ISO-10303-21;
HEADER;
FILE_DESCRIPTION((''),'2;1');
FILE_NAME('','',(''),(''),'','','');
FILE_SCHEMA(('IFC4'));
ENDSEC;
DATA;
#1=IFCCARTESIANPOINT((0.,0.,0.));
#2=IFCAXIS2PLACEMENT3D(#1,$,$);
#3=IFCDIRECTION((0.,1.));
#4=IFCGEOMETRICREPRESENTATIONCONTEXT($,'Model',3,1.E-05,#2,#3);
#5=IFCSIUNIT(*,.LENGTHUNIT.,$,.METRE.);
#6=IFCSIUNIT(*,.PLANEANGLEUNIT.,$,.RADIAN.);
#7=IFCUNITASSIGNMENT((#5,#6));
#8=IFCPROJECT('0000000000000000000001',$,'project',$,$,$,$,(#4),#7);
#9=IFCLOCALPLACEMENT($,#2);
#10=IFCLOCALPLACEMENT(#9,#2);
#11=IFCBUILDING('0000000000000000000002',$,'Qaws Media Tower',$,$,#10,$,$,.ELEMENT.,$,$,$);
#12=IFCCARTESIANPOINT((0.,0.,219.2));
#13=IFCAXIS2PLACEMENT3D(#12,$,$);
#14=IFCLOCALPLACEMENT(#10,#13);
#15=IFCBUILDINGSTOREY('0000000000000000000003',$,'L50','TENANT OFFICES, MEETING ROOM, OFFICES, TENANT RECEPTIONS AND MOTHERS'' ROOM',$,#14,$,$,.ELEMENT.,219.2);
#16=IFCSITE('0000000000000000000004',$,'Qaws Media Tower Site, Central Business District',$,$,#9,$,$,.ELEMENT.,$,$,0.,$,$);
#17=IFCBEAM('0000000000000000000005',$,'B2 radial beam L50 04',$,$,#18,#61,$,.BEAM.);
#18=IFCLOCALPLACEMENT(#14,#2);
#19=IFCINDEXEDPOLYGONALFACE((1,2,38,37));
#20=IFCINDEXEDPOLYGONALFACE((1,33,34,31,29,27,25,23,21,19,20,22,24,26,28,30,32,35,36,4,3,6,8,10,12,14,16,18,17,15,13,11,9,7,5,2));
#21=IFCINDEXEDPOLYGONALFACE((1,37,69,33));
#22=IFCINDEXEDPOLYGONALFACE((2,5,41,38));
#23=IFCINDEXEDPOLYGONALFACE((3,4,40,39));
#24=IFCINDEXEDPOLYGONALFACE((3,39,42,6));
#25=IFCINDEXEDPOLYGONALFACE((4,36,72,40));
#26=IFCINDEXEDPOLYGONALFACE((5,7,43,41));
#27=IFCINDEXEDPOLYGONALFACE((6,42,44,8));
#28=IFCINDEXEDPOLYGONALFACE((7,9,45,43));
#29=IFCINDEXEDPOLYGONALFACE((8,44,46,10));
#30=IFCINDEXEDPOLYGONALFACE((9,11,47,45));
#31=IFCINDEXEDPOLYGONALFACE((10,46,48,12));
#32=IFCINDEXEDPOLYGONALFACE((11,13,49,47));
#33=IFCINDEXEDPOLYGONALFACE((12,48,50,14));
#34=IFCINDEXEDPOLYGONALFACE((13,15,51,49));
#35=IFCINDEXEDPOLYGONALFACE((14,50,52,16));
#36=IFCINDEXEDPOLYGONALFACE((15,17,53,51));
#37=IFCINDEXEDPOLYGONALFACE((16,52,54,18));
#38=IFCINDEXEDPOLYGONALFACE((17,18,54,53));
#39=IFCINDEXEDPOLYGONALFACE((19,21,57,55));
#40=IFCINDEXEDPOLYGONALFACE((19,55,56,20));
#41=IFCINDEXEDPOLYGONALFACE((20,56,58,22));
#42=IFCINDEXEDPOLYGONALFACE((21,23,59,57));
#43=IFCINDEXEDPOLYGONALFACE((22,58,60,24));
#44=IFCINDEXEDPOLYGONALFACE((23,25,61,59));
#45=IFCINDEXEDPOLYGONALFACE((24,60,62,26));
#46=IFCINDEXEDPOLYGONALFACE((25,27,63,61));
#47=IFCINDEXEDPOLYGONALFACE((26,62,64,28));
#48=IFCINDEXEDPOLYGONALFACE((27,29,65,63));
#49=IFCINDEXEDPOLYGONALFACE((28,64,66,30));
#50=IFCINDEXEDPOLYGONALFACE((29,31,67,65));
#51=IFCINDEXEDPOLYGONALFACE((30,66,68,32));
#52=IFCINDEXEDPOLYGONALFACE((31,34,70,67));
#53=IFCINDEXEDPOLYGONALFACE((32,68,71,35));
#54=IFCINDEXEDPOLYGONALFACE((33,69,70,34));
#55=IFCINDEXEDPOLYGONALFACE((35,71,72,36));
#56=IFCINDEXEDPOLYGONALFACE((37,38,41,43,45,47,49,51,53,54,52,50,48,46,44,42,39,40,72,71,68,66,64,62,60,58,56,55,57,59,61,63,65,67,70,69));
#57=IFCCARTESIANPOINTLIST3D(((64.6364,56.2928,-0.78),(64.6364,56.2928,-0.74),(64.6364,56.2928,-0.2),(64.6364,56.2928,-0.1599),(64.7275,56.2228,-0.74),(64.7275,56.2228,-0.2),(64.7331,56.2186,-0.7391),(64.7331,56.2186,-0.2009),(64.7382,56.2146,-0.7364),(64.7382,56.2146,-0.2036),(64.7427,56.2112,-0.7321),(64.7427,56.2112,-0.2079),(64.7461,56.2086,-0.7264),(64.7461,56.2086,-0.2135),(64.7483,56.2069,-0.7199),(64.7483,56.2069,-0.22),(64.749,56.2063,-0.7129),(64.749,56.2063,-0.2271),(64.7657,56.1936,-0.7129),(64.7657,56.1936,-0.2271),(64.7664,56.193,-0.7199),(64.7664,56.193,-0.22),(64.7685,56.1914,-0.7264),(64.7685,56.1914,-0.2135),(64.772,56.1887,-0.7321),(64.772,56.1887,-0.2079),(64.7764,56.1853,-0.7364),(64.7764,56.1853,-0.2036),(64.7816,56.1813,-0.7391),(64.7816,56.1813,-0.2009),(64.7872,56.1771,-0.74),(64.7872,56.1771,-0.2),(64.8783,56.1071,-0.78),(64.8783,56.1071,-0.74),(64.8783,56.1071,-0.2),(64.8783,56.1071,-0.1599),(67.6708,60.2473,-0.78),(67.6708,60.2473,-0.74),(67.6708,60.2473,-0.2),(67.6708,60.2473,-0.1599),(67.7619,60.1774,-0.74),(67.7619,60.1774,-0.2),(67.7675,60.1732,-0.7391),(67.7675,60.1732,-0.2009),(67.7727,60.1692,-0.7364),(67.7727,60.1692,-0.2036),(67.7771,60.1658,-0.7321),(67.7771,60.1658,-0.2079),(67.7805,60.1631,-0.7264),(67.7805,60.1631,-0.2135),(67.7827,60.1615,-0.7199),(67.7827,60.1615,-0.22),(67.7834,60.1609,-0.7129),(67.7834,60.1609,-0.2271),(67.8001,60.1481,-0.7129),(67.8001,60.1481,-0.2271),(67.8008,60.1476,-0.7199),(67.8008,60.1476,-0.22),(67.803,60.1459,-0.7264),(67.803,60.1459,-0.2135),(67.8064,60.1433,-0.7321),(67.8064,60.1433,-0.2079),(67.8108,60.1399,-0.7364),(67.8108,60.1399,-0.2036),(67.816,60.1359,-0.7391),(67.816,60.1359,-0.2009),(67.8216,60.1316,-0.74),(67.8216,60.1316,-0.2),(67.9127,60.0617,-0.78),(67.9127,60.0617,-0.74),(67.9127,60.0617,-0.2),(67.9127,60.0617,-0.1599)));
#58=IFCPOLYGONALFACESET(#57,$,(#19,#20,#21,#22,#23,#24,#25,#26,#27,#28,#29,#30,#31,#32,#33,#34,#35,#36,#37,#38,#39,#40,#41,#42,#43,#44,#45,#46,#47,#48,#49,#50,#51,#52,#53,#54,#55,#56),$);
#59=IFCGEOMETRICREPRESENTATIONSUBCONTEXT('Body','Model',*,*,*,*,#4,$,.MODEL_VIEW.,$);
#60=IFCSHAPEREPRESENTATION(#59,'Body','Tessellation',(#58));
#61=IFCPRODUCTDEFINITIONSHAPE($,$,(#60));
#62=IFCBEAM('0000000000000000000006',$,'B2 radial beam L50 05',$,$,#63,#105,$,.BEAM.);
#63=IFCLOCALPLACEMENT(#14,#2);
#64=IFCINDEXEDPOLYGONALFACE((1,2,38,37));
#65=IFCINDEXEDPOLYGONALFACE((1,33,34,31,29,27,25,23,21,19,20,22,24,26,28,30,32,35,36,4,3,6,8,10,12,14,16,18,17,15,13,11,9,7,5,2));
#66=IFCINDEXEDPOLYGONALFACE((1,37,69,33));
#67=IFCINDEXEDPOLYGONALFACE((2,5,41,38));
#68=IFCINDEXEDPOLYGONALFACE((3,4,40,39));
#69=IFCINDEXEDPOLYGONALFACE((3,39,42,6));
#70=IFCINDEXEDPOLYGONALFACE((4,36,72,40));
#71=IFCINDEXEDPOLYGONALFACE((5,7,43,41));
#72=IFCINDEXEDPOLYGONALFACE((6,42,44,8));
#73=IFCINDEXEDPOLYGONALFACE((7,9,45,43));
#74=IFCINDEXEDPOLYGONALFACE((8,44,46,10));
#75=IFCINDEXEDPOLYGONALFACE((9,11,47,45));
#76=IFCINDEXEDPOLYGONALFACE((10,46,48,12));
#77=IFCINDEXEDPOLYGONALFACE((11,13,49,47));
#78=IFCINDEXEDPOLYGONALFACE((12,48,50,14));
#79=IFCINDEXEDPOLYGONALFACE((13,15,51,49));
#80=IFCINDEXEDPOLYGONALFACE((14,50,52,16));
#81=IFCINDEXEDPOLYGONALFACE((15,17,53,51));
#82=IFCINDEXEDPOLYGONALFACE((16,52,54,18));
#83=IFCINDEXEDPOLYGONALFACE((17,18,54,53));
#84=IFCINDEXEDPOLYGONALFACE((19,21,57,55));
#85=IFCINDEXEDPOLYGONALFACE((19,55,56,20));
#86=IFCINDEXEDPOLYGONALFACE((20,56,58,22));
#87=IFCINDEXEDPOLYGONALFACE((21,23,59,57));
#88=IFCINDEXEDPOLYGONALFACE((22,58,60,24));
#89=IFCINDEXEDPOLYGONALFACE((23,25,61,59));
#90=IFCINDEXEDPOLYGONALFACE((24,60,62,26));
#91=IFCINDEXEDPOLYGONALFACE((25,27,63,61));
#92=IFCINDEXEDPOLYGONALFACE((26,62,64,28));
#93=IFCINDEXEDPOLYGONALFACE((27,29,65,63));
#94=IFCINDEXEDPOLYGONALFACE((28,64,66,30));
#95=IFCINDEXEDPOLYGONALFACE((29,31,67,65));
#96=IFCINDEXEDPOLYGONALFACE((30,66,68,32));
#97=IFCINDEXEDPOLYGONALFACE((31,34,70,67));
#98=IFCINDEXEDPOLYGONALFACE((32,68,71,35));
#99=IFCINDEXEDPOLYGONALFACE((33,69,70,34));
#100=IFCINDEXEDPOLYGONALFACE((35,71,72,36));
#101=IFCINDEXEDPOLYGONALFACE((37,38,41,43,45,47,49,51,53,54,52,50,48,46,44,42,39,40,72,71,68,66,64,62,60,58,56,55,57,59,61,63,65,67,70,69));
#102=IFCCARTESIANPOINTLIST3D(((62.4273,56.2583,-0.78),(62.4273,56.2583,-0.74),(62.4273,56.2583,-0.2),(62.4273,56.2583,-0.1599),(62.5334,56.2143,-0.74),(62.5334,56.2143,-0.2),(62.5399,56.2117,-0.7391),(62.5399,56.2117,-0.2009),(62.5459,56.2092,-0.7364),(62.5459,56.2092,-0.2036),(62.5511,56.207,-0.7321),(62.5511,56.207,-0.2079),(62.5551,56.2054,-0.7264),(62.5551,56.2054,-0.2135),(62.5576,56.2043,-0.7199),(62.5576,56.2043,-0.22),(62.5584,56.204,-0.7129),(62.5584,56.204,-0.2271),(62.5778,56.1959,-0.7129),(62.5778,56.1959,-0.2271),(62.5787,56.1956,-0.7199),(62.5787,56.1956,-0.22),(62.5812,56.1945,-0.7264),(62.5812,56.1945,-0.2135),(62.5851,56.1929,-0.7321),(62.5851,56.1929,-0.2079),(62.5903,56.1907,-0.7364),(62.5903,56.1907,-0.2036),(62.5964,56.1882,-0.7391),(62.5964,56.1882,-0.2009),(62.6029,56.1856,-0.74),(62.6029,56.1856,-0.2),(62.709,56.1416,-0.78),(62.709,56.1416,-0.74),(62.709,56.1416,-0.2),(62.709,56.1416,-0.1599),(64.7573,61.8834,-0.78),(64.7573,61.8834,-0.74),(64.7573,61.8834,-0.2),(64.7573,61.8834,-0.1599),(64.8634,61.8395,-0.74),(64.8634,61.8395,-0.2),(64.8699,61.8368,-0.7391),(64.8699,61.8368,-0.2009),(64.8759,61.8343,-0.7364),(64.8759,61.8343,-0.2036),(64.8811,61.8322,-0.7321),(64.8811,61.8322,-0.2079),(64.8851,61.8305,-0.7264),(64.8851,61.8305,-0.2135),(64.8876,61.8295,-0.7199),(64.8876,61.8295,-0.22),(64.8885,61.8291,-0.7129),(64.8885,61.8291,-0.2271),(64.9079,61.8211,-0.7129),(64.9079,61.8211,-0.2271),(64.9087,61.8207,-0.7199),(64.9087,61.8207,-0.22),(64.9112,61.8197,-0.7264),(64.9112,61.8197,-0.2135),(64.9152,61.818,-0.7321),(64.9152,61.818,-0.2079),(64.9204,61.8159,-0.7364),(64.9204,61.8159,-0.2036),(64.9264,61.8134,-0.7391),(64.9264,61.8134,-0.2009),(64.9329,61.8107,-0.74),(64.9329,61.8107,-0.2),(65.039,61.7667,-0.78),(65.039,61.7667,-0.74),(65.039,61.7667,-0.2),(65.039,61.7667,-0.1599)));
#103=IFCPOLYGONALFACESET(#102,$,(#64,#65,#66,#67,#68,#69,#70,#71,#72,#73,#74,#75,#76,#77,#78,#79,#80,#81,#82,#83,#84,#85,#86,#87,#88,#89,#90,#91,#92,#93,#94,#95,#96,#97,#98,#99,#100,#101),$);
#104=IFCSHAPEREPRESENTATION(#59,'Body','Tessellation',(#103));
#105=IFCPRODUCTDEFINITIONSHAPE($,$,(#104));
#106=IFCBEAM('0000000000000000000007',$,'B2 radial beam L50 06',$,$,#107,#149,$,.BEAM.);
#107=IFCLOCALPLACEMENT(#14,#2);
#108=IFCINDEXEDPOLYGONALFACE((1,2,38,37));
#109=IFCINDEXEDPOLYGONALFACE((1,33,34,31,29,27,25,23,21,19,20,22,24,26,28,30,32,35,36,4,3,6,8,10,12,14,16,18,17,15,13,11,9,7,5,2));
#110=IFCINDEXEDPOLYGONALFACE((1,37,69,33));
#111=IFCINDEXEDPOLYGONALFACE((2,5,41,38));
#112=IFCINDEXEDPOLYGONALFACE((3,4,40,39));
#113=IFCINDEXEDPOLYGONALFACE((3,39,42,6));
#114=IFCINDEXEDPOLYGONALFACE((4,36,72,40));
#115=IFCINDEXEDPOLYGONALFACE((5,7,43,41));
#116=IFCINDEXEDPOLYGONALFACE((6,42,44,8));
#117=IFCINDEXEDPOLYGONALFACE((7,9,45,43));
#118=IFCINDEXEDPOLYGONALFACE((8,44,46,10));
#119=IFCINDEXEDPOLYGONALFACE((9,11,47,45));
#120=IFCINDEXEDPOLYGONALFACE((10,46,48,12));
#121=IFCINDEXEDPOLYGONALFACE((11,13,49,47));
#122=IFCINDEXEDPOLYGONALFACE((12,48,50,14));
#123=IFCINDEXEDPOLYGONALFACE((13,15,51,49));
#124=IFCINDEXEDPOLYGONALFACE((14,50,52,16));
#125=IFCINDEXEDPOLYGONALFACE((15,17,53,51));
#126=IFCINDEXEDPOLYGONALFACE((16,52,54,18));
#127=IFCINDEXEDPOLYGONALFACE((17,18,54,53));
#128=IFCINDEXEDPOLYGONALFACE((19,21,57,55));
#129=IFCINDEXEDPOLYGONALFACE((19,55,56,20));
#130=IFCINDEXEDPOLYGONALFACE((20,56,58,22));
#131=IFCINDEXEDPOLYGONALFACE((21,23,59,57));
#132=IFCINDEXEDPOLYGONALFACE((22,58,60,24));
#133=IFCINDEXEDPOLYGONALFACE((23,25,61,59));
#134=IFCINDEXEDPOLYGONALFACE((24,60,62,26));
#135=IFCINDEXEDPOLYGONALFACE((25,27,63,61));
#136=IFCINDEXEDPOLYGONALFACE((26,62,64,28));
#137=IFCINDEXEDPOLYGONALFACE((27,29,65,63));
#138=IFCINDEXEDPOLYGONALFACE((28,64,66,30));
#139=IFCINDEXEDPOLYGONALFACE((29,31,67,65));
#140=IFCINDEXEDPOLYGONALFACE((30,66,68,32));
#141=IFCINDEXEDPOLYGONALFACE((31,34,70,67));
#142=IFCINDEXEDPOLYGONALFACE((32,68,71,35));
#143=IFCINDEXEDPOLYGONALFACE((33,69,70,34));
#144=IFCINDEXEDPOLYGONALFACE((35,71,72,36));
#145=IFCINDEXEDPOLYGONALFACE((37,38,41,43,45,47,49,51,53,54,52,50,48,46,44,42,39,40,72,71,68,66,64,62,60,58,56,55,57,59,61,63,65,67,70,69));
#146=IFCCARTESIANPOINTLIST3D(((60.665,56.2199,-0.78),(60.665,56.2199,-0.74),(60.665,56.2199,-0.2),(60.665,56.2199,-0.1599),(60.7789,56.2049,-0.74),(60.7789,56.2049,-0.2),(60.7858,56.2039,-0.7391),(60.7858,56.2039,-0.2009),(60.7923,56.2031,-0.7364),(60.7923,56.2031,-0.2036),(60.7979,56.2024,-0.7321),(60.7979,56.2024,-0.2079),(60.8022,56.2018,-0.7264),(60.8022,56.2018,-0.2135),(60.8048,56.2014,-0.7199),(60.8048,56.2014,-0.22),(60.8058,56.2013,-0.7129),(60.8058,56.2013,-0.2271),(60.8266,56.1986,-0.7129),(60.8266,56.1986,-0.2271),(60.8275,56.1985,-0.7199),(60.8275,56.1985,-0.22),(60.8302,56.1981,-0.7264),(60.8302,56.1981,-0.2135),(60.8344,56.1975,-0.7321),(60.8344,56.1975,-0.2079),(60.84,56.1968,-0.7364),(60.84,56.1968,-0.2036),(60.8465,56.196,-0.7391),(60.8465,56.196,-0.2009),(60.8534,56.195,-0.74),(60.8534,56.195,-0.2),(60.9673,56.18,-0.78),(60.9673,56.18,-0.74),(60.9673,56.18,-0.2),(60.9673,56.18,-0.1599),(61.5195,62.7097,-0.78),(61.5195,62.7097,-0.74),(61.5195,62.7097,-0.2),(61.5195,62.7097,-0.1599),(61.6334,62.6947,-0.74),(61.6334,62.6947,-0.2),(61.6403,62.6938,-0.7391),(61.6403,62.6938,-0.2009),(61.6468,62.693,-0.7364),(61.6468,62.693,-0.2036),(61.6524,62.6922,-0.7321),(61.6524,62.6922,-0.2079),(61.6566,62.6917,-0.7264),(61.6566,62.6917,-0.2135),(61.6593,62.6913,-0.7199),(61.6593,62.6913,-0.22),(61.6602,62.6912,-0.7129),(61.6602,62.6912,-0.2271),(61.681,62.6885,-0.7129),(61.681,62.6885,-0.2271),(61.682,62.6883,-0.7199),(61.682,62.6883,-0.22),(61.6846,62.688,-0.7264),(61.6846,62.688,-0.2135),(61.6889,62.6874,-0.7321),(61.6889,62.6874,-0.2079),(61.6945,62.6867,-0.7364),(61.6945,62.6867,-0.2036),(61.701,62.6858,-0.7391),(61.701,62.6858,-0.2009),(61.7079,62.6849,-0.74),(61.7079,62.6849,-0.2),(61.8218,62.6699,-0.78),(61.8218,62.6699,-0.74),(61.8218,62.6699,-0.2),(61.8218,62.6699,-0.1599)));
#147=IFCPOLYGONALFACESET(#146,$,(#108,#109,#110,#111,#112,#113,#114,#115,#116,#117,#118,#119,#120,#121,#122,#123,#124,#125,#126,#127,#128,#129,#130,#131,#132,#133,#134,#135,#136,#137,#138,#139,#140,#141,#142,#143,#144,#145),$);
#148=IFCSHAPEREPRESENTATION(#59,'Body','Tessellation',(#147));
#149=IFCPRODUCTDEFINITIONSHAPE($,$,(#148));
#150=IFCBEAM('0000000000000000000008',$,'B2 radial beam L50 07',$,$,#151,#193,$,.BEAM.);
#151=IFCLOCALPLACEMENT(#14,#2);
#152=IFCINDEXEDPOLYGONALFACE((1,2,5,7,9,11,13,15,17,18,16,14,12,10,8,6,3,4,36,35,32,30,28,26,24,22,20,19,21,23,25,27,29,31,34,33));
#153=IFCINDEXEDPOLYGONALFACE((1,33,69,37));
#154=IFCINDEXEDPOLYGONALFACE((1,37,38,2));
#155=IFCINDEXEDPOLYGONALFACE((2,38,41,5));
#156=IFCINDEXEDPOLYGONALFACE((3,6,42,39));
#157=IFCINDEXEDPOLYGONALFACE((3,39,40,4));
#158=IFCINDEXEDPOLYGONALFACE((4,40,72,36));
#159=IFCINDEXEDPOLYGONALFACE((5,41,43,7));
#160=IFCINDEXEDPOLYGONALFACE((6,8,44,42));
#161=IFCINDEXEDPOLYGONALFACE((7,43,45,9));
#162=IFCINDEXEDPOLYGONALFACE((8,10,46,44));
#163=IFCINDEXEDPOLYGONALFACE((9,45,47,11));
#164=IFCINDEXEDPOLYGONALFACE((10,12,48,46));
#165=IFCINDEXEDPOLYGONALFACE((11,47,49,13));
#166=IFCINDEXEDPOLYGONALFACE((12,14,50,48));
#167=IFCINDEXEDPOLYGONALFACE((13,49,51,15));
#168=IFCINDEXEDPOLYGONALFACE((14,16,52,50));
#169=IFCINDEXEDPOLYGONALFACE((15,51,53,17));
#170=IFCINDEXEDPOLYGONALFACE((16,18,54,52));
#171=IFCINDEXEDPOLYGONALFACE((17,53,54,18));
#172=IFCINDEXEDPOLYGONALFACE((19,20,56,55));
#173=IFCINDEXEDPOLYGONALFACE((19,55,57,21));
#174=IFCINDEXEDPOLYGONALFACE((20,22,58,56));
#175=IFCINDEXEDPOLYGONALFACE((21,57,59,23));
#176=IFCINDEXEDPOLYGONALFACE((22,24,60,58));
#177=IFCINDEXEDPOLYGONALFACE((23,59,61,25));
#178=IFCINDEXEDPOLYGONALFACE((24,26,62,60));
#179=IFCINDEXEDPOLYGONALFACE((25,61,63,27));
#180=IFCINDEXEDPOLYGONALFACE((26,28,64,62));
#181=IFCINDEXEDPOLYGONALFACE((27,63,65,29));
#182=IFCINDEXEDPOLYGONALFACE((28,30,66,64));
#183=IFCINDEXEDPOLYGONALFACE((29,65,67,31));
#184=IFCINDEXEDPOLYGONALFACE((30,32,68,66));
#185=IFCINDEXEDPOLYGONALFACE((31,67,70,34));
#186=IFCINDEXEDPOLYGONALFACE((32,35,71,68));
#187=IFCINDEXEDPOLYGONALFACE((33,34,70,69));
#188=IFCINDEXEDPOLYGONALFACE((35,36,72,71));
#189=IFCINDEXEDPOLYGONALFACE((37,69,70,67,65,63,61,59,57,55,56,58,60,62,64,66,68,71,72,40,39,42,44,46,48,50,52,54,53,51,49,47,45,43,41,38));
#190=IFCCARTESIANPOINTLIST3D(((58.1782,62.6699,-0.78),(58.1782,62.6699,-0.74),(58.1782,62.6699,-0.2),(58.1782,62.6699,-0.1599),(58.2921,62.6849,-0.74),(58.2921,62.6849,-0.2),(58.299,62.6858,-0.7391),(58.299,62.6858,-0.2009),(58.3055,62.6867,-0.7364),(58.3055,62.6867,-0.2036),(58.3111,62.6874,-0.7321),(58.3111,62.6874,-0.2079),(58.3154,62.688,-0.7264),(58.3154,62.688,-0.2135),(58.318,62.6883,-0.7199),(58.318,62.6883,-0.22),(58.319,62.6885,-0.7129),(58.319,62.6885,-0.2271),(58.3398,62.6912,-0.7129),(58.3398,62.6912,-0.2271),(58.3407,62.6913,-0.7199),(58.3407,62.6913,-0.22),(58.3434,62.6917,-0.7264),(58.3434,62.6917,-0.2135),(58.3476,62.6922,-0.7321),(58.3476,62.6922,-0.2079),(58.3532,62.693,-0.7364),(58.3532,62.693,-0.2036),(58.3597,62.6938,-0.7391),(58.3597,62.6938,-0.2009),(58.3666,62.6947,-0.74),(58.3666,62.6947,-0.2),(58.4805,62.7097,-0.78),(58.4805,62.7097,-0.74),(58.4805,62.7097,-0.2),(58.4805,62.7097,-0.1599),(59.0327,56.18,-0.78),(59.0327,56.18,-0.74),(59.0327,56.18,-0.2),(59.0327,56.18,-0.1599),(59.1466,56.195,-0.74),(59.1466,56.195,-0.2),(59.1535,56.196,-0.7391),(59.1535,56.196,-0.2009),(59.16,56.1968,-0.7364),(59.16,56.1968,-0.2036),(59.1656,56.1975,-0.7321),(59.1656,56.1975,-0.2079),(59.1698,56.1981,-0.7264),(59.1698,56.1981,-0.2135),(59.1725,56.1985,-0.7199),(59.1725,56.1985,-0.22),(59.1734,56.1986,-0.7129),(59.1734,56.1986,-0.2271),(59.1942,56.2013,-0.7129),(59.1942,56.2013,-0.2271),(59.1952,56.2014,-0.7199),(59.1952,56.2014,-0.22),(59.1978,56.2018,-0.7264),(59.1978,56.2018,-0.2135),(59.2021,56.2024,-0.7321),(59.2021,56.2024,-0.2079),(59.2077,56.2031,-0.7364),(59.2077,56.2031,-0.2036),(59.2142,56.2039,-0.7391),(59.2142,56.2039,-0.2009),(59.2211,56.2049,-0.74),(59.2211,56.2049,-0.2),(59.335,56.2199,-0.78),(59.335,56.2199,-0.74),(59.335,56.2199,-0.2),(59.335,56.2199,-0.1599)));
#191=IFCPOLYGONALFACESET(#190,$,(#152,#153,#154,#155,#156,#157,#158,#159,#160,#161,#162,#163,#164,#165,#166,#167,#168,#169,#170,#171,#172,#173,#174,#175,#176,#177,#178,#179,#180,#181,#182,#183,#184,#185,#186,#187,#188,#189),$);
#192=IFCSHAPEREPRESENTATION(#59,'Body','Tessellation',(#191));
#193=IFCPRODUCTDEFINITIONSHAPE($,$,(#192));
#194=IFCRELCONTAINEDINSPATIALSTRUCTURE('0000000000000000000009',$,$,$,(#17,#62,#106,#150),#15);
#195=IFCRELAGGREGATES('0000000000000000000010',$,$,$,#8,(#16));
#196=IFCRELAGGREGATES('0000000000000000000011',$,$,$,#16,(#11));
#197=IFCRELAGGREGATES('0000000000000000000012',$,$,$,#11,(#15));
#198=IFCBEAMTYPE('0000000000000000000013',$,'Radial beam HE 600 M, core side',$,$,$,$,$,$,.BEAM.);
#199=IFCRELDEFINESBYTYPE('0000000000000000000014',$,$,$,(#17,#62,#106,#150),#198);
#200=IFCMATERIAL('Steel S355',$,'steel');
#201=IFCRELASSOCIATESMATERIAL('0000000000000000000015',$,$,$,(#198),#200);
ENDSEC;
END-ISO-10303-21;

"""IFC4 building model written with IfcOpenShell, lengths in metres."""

from ifc_helpers import new_model, si_unit, direction, frame, origin, origin_2d, place, context, subcontext, project, spatial, i_section, extrude, material, material_profile, profile_set, type_object, element, save


model = new_model("IFC4")

# Units and contexts
model_context = context("Model", 3, precision=1e-05, world=origin(), true_north=direction((0.0, 1.0)))
body_context = subcontext(model_context, "Body", "Model", "MODEL_VIEW")
ifc_project = project(units=[si_unit("LENGTHUNIT", "METRE"), si_unit("PLANEANGLEUNIT", "RADIAN")], contexts=[model_context])

# Site, building, storey
site_placement = place(None, origin())
site = spatial("IfcSite", under=ifc_project, at=site_placement, Name="Qaws Media Tower Site, Central Business District", CompositionType="ELEMENT", RefElevation=0.0)
building_placement = place(site_placement, origin())
building = spatial("IfcBuilding", under=site, at=building_placement, Name="Qaws Media Tower", CompositionType="ELEMENT")
storey_placement = place(building_placement, frame((0.0, 0.0, 219.2)))
storey = spatial("IfcBuildingStorey", under=building, at=storey_placement, Name="L50", Description="TENANT OFFICES, MEETING ROOM, OFFICES, TENANT RECEPTIONS AND MOTHERS' ROOM", CompositionType="ELEMENT", Elevation=219.2)

# Beams
ifc_material_1 = material(Name="Steel S355", Category="steel")
ifc_material_profile_1 = material_profile(ifc_material_1, i_section(OverallWidth=0.3049, OverallDepth=0.6201, WebThickness=0.021, FlangeThickness=0.04, FilletRadius=0.0271, at=origin_2d()), Name="HE 600 M")
ifc_profile_set_1 = profile_set([ifc_material_profile_1], Name="Steel S355")
beam_type_1 = type_object("IfcBeamType", Name="Radial beam HE 600 M, core side", PredefinedType="BEAM", material=ifc_profile_set_1)
beam_1_placement = place(storey_placement, frame((64.7573, 56.2, -0.47), z_axis=(0.608756, 0.793357, 0.0), x_axis=(-0.793357, 0.608756, 0.0)))
element("IfcBeam", 1, at=beam_1_placement, inside=storey, type_object=beam_type_1, Name="B2 radial beam L50 04", PredefinedType="BEAM", context=body_context, shape_type="SweptSolid", body=[
    extrude(i_section(OverallWidth=0.3049, OverallDepth=0.6201, WebThickness=0.021, FlangeThickness=0.04, FilletRadius=0.0271, at=origin_2d()), origin(), (0.0, 0.0, 1.0), 4.9846),
])
beam_2_placement = place(storey_placement, frame((62.5681, 56.2, -0.47), z_axis=(0.382687, 0.923878, 0.0), x_axis=(-0.923878, 0.382687, 0.0)))
element("IfcBeam", 2, at=beam_2_placement, inside=storey, type_object=beam_type_1, Name="B2 radial beam L50 05", PredefinedType="BEAM", context=body_context, shape_type="SweptSolid", body=[
    extrude(i_section(OverallWidth=0.3049, OverallDepth=0.6201, WebThickness=0.021, FlangeThickness=0.04, FilletRadius=0.0271, at=origin_2d()), origin(), (0.0, 0.0, 1.0), 6.0886),
])
for number, where, z_axis, x_axis, name in (
    (3, (60.8162, 56.2, -0.47), (0.130537, 0.991444, 0.0), (-0.991444, 0.130537, 0.0), "B2 radial beam L50 06"),
    (4, (59.1838, 56.2, -0.47), (-0.130537, 0.991444, 0.0), (-0.991444, -0.130537, 0.0), "B2 radial beam L50 07"),
):
    element("IfcBeam", number, at=place(storey_placement, frame(where, z_axis=z_axis, x_axis=x_axis)), inside=storey, type_object=beam_type_1, Name=name, PredefinedType="BEAM", context=body_context, shape_type="SweptSolid", body=[
        extrude(i_section(OverallWidth=0.3049, OverallDepth=0.6201, WebThickness=0.021, FlangeThickness=0.04, FilletRadius=0.0271, at=origin_2d()), origin(), (0.0, 0.0, 1.0), 6.5459),
    ])

save(model, "model.ifc")
